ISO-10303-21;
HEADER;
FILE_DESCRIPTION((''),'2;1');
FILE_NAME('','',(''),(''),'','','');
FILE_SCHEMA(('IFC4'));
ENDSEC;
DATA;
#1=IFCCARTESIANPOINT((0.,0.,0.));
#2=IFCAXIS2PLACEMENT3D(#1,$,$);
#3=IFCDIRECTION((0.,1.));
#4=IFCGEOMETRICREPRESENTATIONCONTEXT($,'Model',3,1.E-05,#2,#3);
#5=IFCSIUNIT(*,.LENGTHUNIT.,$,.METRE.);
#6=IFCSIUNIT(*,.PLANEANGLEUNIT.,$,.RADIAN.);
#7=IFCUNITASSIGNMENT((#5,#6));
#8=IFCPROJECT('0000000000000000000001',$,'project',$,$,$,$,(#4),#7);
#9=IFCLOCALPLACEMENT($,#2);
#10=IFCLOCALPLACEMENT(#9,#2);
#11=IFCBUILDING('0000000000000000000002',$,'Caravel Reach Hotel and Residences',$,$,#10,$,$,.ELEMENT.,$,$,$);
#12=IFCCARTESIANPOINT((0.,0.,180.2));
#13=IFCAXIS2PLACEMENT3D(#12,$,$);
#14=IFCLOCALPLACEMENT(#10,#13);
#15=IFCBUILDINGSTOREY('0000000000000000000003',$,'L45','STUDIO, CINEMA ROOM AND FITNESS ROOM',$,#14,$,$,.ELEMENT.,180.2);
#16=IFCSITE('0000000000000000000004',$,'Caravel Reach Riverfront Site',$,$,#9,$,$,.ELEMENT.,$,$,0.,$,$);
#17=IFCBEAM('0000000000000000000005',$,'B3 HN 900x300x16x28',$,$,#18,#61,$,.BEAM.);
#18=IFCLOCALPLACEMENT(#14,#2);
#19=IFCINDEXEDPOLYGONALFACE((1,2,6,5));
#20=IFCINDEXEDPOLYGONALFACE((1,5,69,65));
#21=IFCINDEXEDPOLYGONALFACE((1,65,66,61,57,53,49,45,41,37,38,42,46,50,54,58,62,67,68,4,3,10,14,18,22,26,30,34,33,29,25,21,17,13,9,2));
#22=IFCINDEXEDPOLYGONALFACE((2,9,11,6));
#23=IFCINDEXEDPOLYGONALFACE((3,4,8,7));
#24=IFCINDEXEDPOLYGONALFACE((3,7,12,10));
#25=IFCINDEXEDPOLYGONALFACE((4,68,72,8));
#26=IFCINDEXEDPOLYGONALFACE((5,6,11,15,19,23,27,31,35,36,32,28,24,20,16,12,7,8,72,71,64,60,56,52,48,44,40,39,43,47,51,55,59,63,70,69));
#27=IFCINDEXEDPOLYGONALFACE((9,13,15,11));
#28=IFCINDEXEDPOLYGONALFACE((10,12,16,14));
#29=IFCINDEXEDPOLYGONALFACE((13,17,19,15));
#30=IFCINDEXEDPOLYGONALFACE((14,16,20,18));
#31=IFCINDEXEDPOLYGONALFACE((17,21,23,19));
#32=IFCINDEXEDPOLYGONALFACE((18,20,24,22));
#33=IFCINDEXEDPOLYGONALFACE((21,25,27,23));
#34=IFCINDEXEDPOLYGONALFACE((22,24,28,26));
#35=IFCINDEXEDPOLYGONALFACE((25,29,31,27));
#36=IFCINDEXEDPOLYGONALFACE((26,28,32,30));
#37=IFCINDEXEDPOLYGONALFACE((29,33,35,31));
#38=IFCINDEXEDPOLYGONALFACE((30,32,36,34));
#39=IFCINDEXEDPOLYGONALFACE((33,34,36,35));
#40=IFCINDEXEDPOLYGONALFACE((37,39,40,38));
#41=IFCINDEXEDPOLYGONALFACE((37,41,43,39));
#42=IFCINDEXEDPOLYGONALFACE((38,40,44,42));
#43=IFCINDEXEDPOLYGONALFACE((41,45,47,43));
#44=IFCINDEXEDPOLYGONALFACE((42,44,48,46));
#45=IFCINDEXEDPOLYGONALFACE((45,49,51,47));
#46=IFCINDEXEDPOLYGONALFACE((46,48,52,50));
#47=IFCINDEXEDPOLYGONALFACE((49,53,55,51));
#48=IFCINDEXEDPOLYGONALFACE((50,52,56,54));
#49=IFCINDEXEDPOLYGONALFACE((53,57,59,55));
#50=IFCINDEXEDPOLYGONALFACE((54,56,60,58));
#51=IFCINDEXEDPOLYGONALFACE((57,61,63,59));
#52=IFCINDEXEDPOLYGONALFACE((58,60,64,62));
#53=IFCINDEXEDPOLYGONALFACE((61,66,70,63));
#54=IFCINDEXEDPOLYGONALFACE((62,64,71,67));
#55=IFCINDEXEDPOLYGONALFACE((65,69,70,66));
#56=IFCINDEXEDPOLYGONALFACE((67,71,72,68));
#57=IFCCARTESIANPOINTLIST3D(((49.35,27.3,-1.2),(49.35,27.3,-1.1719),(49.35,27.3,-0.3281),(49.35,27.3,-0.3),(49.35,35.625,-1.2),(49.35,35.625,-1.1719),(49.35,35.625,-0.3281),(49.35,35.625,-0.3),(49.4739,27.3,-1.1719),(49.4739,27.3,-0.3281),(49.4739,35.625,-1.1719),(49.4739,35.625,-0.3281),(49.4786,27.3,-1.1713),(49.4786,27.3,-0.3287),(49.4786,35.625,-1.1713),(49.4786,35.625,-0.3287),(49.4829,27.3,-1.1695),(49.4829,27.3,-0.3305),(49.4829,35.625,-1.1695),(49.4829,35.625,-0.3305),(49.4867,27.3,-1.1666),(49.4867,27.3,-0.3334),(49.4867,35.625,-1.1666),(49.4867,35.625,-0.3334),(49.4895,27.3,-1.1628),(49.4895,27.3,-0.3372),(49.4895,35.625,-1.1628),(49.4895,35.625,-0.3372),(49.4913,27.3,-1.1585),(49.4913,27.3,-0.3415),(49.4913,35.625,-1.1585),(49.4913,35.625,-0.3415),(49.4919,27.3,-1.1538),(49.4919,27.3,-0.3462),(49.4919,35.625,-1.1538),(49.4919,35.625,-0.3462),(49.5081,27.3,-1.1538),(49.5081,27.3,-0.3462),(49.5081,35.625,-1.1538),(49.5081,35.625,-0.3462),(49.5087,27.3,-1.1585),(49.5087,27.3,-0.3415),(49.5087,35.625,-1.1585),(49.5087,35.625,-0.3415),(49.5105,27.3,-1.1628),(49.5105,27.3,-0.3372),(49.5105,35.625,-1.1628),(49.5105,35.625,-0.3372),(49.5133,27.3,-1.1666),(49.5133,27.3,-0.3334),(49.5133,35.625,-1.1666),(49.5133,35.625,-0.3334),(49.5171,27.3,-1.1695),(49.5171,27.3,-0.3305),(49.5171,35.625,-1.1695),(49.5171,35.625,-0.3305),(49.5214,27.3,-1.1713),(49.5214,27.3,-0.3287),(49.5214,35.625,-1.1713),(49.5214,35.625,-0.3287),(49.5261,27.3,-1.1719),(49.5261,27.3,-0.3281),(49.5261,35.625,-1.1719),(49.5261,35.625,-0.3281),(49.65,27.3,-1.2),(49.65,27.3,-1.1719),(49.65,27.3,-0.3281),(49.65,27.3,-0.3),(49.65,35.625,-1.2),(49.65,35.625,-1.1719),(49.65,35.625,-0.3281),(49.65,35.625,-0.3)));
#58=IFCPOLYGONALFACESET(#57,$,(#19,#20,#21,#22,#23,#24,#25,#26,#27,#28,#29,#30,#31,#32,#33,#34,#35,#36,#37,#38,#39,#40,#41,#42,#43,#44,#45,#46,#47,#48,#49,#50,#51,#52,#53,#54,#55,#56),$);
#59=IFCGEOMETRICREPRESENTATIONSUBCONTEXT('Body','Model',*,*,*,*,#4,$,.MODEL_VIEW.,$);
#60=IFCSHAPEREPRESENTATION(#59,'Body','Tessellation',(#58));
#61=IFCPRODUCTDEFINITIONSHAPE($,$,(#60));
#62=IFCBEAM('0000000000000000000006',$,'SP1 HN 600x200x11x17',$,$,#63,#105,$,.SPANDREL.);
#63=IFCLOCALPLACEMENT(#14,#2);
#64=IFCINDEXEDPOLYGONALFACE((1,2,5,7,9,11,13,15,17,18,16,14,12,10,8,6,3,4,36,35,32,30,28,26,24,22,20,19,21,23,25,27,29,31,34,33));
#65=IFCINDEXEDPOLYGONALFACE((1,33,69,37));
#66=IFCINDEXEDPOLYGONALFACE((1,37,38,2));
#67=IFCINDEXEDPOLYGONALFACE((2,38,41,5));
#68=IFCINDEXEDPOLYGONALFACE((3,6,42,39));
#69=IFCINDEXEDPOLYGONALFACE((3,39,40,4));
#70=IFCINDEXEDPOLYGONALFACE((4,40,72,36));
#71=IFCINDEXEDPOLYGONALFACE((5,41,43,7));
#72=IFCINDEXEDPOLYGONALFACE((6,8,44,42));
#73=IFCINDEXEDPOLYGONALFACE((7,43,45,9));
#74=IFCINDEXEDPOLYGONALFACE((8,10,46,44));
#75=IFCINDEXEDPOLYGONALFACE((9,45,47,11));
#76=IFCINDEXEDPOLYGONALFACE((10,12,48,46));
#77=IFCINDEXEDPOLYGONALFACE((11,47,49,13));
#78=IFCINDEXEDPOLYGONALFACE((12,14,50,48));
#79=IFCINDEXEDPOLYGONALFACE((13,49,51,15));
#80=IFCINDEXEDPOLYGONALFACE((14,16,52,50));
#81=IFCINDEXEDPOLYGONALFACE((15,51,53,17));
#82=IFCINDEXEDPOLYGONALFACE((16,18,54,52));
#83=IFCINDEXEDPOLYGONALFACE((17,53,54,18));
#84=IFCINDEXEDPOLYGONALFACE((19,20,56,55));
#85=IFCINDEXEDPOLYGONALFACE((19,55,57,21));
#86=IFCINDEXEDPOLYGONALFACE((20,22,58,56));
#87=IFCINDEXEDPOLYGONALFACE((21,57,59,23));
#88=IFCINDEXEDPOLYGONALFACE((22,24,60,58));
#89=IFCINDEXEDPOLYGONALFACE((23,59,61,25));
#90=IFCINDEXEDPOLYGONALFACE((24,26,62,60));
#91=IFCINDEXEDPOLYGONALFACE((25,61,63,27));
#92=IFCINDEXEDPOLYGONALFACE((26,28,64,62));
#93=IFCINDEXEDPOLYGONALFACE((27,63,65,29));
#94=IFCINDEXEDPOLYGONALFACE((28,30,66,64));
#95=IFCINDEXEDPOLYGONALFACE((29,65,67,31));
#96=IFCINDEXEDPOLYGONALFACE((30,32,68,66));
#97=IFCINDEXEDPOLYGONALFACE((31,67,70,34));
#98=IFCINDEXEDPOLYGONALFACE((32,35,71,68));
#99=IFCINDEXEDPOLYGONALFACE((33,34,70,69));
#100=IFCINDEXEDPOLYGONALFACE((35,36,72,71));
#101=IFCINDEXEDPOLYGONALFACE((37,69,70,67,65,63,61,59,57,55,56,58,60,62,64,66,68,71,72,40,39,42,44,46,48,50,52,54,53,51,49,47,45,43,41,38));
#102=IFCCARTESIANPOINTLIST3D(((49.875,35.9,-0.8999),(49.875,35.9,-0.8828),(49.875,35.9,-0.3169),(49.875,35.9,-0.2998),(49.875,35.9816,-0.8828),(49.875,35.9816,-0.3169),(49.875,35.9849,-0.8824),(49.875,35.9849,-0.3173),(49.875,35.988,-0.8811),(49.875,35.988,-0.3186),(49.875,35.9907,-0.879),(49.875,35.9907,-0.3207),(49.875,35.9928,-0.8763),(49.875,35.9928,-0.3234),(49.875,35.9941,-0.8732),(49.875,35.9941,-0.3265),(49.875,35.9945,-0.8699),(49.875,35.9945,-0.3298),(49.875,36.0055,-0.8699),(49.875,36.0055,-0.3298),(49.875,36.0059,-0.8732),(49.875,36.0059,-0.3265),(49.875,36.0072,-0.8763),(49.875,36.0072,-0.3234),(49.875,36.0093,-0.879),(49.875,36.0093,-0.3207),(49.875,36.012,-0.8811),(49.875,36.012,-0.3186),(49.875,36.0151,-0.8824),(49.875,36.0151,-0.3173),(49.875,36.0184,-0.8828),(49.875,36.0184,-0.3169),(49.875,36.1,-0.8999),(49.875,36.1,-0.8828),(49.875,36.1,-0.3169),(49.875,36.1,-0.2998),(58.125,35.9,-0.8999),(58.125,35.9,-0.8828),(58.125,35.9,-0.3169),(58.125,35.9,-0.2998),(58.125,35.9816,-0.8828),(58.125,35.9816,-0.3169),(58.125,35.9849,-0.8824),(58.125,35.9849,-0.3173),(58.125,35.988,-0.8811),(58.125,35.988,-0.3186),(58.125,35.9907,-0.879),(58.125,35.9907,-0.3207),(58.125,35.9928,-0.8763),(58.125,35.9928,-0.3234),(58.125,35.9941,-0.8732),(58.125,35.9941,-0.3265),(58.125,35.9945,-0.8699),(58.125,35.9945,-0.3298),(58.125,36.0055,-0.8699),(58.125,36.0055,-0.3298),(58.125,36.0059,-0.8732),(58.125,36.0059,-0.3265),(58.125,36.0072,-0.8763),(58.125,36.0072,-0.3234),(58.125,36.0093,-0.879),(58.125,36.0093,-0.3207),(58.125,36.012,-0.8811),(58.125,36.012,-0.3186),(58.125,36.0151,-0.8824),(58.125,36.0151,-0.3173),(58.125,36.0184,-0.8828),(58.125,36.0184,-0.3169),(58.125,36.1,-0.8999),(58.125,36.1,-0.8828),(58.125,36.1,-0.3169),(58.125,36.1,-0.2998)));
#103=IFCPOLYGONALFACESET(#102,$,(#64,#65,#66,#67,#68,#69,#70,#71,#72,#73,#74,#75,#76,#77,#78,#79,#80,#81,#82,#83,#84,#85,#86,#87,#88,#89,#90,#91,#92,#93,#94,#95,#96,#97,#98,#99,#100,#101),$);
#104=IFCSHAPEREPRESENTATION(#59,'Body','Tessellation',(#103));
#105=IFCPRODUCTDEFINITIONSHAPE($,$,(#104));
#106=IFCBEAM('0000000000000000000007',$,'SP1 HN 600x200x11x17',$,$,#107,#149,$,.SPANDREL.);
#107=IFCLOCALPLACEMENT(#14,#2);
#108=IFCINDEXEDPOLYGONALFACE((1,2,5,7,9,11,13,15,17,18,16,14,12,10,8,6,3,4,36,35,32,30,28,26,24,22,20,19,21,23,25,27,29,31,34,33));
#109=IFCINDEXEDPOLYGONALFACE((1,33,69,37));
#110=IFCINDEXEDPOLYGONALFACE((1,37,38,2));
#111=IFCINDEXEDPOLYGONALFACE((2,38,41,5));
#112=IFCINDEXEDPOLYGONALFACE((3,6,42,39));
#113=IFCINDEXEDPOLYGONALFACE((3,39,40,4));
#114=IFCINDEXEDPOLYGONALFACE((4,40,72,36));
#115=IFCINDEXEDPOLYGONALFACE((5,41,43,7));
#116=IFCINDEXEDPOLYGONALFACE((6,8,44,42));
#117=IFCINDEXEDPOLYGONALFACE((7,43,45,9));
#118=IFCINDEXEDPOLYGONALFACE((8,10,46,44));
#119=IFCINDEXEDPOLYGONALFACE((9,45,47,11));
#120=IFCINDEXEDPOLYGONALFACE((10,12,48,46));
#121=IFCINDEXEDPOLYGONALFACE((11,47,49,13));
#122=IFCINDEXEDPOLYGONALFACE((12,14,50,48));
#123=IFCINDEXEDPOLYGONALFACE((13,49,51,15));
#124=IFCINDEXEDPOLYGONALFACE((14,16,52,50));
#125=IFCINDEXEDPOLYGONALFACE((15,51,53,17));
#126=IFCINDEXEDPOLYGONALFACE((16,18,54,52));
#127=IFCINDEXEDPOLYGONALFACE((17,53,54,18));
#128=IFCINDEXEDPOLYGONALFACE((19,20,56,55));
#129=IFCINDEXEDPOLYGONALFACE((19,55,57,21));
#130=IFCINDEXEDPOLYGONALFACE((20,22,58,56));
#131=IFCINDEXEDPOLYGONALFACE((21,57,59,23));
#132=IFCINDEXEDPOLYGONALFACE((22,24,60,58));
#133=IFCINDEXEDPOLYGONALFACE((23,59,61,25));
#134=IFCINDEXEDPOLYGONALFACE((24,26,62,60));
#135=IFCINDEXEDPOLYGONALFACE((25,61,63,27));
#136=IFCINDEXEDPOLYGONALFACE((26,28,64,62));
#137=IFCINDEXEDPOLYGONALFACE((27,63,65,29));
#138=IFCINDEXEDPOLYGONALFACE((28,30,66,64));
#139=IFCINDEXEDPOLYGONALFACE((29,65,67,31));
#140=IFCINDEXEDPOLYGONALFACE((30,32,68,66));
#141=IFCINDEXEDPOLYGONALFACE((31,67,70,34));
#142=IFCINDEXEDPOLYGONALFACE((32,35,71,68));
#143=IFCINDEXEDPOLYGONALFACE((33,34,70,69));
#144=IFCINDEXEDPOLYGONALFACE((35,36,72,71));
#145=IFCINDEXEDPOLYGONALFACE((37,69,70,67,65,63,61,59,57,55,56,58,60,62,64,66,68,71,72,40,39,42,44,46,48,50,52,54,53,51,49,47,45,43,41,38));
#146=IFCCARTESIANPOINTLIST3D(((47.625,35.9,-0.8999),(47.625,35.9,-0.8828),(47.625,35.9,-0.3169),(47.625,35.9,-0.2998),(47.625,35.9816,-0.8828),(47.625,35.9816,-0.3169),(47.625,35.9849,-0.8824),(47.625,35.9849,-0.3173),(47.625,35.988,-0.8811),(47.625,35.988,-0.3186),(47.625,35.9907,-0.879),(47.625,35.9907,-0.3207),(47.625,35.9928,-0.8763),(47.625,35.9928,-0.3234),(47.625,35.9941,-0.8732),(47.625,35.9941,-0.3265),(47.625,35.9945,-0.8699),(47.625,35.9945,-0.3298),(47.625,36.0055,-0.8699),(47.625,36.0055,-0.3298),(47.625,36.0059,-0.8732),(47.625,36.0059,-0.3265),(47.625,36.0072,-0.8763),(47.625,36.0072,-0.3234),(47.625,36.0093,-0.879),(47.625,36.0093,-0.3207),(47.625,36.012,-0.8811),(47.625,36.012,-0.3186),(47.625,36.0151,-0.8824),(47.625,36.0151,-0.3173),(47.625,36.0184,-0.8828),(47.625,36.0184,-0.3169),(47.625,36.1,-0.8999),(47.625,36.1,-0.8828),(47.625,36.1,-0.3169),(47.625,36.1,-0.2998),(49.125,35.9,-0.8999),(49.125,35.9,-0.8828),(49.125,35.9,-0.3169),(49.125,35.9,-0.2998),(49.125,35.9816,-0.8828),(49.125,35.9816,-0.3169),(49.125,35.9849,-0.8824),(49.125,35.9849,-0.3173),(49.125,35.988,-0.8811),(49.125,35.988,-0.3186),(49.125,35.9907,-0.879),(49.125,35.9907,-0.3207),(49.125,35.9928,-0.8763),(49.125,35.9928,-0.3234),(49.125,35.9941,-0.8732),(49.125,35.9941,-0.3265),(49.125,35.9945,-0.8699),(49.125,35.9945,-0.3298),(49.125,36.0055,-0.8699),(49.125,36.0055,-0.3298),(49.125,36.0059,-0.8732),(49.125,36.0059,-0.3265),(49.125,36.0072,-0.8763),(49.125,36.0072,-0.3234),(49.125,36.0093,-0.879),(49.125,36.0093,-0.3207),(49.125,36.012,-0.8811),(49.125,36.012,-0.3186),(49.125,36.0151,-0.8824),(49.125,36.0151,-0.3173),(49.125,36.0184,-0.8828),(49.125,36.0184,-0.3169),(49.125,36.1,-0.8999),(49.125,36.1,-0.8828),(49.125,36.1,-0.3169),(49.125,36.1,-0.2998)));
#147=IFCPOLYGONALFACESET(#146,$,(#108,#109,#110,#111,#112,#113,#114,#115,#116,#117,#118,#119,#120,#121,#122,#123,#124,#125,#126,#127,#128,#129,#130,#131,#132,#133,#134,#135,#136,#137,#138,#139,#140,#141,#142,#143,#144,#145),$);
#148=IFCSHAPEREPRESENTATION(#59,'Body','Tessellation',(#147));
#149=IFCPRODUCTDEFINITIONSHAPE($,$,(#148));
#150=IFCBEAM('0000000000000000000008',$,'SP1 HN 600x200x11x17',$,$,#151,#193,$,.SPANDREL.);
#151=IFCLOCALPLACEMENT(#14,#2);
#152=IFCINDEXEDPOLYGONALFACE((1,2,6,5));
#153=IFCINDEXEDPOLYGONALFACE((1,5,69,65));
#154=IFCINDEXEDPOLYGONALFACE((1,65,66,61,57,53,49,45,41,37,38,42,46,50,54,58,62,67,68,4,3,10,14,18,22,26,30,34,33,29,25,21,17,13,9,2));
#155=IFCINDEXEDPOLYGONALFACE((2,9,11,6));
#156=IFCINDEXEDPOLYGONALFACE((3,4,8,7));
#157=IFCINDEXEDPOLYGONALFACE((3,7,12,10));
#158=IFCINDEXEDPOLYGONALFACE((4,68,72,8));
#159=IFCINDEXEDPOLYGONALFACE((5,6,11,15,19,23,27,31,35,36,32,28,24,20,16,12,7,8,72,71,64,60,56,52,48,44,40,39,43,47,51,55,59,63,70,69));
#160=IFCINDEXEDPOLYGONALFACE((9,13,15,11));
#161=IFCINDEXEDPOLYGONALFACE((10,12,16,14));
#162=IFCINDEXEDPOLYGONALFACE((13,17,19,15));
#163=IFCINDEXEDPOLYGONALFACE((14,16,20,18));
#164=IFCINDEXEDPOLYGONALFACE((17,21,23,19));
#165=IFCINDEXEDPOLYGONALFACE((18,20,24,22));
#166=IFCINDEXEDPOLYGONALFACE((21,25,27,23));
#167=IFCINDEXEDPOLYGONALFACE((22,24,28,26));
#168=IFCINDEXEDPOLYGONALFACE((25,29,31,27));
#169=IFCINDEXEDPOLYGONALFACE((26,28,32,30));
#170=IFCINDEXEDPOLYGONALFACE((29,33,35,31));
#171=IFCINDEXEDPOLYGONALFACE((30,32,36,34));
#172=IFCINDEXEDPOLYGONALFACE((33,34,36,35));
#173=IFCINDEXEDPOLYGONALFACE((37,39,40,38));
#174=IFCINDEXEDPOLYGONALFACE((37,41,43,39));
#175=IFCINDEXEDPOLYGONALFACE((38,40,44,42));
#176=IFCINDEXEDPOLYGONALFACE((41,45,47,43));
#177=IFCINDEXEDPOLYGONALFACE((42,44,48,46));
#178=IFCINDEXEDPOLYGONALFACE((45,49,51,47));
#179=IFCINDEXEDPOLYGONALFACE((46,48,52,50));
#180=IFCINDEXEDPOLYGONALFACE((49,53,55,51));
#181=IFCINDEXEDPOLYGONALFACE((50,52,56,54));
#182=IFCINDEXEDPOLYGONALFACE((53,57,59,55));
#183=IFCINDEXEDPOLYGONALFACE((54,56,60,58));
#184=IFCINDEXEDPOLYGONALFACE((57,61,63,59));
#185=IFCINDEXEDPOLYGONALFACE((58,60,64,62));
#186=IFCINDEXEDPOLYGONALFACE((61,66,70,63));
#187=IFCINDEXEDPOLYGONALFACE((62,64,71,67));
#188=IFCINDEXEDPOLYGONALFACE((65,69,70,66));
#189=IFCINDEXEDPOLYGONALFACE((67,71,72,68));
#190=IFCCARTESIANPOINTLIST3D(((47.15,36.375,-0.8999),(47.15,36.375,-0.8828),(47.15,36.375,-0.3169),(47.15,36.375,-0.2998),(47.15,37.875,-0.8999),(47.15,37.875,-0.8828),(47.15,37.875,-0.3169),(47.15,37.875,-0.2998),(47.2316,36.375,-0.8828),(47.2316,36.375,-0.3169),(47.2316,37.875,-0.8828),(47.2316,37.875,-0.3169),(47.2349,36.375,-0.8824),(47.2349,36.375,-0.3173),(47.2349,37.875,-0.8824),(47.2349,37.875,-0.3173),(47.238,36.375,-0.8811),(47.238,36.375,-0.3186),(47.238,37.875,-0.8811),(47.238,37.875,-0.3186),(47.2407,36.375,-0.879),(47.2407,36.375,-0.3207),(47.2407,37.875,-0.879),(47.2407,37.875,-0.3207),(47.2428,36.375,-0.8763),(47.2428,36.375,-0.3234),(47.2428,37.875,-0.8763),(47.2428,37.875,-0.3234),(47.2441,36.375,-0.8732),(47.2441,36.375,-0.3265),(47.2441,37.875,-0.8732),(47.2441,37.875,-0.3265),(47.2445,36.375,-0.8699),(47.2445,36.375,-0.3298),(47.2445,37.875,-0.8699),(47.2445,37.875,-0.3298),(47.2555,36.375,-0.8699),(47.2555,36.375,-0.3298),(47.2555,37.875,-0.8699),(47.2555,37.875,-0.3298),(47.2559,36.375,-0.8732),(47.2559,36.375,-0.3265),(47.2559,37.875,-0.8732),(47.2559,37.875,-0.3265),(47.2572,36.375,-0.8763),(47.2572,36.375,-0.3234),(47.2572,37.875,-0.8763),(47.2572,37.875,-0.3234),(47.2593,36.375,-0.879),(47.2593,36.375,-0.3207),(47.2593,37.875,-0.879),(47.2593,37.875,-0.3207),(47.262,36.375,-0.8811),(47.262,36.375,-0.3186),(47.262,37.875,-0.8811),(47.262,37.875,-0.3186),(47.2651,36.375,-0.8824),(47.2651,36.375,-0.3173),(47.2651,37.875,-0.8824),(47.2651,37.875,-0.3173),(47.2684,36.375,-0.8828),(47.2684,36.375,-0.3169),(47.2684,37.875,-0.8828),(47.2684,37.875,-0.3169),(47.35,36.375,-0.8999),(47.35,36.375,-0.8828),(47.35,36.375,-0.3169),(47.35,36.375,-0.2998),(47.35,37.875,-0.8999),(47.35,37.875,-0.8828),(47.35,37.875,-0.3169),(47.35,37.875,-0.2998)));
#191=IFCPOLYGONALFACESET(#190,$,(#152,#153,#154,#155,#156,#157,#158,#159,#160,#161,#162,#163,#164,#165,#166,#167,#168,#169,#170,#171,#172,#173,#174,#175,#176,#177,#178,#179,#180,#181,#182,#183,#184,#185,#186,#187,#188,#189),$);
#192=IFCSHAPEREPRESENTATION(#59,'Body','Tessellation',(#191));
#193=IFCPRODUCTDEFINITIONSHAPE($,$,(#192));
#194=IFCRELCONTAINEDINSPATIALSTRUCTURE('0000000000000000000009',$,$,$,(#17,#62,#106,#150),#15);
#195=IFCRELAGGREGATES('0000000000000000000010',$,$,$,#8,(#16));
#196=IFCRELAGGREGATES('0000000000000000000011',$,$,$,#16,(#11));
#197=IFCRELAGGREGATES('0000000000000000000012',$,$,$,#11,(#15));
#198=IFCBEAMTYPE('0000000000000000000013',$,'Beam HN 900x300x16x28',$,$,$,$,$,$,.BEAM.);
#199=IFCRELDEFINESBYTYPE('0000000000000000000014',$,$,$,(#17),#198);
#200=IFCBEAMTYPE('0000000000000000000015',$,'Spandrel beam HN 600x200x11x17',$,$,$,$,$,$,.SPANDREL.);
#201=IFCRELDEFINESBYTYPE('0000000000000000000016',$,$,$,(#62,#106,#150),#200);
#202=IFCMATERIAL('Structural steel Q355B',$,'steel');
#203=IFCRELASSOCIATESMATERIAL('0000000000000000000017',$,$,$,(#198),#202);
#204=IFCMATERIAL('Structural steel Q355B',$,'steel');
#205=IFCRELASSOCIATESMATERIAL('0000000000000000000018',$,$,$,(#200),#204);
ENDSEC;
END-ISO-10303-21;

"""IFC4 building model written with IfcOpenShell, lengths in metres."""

from ifc_helpers import new_model, si_unit, direction, frame, origin, origin_2d, place, context, subcontext, project, spatial, i_section, extrude, material, material_profile, profile_set, type_object, element, save


model = new_model("IFC4")

# Units and contexts
model_context = context("Model", 3, precision=1e-05, world=origin(), true_north=direction((0.0, 1.0)))
body_context = subcontext(model_context, "Body", "Model", "MODEL_VIEW")
ifc_project = project(units=[si_unit("LENGTHUNIT", "METRE"), si_unit("PLANEANGLEUNIT", "RADIAN")], contexts=[model_context])

# Site, building, storey
site_placement = place(None, origin())
site = spatial("IfcSite", under=ifc_project, at=site_placement, Name="Caravel Reach Riverfront Site", CompositionType="ELEMENT", RefElevation=0.0)
building_placement = place(site_placement, origin())
building = spatial("IfcBuilding", under=site, at=building_placement, Name="Caravel Reach Hotel and Residences", CompositionType="ELEMENT")
storey_placement = place(building_placement, frame((0.0, 0.0, 180.2)))
storey = spatial("IfcBuildingStorey", under=building, at=storey_placement, Name="L45", Description="STUDIO, CINEMA ROOM AND FITNESS ROOM", CompositionType="ELEMENT", Elevation=180.2)

# Beams
ifc_material_1 = material(Name="Structural steel Q355B", Category="steel")
ifc_material_profile_1 = material_profile(ifc_material_1, i_section(OverallWidth=0.3, OverallDepth=0.8999, WebThickness=0.0161, FlangeThickness=0.0281, FilletRadius=0.0181, at=origin_2d()), Name="HN 900x300x16x28")
ifc_profile_set_1 = profile_set([ifc_material_profile_1], Name="Structural steel Q355B")
beam_type_1 = type_object("IfcBeamType", Name="Beam HN 900x300x16x28", PredefinedType="BEAM", material=ifc_profile_set_1)
beam_1_placement = place(storey_placement, frame((49.5, 27.3, -0.75), z_axis=(0.0, 1.0, 0.0), x_axis=(-1.0, 0.0, 0.0)))
element("IfcBeam", 1, at=beam_1_placement, inside=storey, type_object=beam_type_1, Name="B3 HN 900x300x16x28", PredefinedType="BEAM", context=body_context, shape_type="SweptSolid", body=[
    extrude(i_section(OverallWidth=0.3, OverallDepth=0.8999, WebThickness=0.0161, FlangeThickness=0.0281, FilletRadius=0.0181, at=origin_2d()), origin(), (0.0, 0.0, 1.0), 8.325),
])
ifc_material_2 = material(Name="Structural steel Q355B", Category="steel")
ifc_material_profile_2 = material_profile(ifc_material_2, i_section(OverallWidth=0.2, OverallDepth=0.6001, WebThickness=0.011, FlangeThickness=0.0171, FilletRadius=0.0129, at=origin_2d()), Name="HN 600x200x11x17")
ifc_profile_set_2 = profile_set([ifc_material_profile_2], Name="Structural steel Q355B")
beam_type_2 = type_object("IfcBeamType", Name="Spandrel beam HN 600x200x11x17", PredefinedType="SPANDREL", material=ifc_profile_set_2)
beam_2_placement = place(storey_placement, frame((58.125, 36.0, -0.5999), z_axis=(-1.0, 0.0, 0.0), x_axis=(0.0, -1.0, 0.0)))
element("IfcBeam", 2, at=beam_2_placement, inside=storey, type_object=beam_type_2, Name="SP1 HN 600x200x11x17", PredefinedType="SPANDREL", context=body_context, shape_type="SweptSolid", body=[
    extrude(i_section(OverallWidth=0.2, OverallDepth=0.6001, WebThickness=0.011, FlangeThickness=0.0171, FilletRadius=0.0129, at=origin_2d()), origin(), (0.0, 0.0, 1.0), 8.25),
])
for number, where, z_axis, x_axis, name in (
    (3, (49.125, 36.0, -0.5999), (-1.0, 0.0, 0.0), (0.0, -1.0, 0.0), "SP1 HN 600x200x11x17"),
    (4, (47.25, 36.375, -0.5999), (0.0, 1.0, 0.0), (-1.0, 0.0, 0.0), "SP1 HN 600x200x11x17"),
):
    element("IfcBeam", number, at=place(storey_placement, frame(where, z_axis=z_axis, x_axis=x_axis)), inside=storey, type_object=beam_type_2, Name=name, PredefinedType="SPANDREL", context=body_context, shape_type="SweptSolid", body=[
        extrude(i_section(OverallWidth=0.2, OverallDepth=0.6001, WebThickness=0.011, FlangeThickness=0.0171, FilletRadius=0.0129, at=origin_2d()), origin(), (0.0, 0.0, 1.0), 1.5),
    ])

save(model, "model.ifc")
